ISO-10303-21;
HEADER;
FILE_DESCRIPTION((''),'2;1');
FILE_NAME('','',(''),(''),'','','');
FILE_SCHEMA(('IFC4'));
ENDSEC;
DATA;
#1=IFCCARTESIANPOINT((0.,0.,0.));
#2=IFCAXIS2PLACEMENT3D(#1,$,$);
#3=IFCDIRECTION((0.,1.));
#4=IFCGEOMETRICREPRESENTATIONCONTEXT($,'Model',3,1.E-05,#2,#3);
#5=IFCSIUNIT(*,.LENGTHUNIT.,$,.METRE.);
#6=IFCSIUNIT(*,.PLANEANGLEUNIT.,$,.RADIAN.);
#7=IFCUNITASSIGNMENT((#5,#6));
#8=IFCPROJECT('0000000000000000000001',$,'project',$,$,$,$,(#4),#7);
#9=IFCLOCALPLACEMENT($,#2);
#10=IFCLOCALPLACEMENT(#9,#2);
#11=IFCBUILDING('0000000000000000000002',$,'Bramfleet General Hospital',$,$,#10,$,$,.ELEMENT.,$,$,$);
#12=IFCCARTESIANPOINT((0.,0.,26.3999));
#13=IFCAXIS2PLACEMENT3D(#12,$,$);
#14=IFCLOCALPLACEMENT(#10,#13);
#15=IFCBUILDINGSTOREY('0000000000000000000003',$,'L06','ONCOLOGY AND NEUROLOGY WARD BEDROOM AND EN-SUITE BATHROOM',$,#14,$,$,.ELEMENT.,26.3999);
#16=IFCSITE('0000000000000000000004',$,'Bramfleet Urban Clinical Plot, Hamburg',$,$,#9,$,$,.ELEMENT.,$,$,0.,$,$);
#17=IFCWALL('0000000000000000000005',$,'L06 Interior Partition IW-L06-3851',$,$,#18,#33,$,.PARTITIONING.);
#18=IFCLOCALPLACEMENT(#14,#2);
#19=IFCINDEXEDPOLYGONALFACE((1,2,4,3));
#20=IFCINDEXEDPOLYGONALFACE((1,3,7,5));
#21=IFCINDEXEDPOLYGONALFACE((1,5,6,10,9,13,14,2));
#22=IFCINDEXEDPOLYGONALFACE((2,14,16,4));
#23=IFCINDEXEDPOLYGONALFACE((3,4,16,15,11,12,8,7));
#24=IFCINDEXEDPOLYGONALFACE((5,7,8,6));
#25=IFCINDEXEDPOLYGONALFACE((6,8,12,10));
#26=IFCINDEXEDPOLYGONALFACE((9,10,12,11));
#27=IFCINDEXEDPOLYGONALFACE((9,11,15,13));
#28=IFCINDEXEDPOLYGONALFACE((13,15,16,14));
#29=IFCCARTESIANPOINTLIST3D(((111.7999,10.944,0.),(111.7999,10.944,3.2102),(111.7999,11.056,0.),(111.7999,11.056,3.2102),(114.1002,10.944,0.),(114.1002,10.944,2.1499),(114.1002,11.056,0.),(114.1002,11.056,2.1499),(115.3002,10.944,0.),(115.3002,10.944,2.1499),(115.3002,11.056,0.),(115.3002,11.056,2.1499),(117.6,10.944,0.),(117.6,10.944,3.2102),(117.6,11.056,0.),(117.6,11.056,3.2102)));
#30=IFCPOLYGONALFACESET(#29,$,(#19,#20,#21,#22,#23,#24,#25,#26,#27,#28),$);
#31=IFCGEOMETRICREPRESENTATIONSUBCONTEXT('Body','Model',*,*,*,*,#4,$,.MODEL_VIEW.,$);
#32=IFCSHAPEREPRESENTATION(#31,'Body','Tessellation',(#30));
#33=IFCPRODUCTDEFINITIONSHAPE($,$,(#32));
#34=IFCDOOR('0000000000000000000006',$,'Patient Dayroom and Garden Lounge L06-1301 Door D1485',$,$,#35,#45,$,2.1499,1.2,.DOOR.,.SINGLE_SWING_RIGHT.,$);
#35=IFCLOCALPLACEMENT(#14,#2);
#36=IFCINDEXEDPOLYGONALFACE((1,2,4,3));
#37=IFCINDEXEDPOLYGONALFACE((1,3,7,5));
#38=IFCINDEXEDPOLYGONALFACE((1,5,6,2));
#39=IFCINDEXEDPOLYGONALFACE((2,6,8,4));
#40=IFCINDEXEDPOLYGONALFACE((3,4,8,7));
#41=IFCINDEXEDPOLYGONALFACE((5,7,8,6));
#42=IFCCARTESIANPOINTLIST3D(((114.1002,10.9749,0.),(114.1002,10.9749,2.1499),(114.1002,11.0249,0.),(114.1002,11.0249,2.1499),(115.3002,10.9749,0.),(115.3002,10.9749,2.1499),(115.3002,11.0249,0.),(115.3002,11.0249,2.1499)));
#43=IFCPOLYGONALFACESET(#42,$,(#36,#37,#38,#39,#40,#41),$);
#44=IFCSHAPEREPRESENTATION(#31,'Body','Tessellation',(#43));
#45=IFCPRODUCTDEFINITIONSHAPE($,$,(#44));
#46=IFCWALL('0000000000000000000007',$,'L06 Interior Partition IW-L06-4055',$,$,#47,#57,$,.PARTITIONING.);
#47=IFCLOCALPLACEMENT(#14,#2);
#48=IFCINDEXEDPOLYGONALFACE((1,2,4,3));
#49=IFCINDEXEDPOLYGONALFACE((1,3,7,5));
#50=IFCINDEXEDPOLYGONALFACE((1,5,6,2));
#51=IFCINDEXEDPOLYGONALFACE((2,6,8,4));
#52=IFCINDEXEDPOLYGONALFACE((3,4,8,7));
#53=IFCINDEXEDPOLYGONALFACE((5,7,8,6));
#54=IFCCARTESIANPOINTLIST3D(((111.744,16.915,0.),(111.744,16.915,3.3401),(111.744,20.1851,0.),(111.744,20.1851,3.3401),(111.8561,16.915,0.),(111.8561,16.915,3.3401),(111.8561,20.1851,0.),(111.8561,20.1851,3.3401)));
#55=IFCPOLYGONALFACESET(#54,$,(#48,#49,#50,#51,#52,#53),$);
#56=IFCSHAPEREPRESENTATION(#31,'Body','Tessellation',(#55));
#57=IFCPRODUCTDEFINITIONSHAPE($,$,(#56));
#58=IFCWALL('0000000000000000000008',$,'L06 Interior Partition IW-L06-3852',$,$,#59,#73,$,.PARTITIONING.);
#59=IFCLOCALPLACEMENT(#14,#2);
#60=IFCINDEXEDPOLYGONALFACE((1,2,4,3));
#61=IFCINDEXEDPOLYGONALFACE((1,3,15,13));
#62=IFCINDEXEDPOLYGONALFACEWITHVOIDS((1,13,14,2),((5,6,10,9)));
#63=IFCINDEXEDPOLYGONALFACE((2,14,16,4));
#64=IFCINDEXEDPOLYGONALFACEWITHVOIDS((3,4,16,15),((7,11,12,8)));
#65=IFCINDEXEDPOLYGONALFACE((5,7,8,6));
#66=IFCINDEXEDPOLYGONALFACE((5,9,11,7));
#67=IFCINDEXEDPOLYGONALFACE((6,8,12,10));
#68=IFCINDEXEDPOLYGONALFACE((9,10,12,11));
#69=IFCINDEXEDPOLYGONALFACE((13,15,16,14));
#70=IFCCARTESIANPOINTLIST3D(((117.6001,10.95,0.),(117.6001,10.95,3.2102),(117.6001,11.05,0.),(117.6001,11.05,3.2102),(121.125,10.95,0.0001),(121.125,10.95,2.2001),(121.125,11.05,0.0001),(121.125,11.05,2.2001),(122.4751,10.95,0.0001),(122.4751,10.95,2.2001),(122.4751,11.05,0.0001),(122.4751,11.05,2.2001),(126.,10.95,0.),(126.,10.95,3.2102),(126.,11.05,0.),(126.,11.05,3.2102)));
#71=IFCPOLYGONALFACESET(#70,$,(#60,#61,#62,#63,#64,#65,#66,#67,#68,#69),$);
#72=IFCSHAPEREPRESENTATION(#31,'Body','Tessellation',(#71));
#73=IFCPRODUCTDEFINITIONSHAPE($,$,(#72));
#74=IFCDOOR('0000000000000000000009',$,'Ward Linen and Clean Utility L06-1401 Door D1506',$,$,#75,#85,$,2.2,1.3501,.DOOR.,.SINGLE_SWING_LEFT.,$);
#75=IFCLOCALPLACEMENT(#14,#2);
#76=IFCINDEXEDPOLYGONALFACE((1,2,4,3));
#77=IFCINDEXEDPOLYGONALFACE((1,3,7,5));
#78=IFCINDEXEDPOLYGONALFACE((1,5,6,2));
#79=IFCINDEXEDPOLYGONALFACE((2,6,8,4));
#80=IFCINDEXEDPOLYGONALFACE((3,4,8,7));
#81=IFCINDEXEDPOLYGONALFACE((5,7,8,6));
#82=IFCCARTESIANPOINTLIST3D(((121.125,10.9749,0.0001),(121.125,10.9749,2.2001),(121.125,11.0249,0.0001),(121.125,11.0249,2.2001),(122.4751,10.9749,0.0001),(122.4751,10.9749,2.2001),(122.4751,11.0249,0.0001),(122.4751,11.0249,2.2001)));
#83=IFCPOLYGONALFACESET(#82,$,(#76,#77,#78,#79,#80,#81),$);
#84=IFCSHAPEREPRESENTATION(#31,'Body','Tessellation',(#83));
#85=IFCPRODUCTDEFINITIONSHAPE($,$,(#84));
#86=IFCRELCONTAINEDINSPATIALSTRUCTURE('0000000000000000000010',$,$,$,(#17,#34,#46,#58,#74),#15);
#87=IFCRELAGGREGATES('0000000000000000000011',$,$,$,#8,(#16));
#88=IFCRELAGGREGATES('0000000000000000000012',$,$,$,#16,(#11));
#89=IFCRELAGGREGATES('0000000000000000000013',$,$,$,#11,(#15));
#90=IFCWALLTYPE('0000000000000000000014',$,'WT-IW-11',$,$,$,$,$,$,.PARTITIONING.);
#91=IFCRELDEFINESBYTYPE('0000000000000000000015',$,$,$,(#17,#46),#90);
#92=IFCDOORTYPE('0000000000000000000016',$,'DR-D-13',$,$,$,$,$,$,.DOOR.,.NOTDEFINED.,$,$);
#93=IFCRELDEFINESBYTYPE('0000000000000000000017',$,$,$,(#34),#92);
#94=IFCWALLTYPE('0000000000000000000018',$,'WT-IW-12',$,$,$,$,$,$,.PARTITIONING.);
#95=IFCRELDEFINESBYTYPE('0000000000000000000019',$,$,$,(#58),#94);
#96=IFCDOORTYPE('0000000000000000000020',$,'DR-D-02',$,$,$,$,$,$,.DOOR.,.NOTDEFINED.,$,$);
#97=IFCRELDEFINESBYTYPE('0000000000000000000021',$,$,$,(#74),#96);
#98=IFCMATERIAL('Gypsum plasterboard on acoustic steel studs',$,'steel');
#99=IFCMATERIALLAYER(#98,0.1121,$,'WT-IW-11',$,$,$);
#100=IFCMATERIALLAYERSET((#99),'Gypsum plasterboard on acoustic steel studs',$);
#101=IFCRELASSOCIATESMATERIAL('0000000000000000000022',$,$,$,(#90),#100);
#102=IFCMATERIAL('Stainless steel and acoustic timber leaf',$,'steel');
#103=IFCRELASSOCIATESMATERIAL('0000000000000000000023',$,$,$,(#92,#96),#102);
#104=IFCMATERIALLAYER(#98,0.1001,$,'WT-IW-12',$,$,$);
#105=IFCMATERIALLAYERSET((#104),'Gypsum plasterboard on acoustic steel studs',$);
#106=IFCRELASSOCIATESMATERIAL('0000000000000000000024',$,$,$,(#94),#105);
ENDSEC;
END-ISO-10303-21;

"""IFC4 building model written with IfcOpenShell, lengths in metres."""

from ifc_helpers import new_model, si_unit, direction, frame, frame_2d, origin, place, context, subcontext, project, spatial, rectangle, extrude, material, layer, layer_set, type_object, element, fill, save


model = new_model("IFC4")

# Units and contexts
model_context = context("Model", 3, precision=1e-05, world=origin(), true_north=direction((0.0, 1.0)))
body_context = subcontext(model_context, "Body", "Model", "MODEL_VIEW")
ifc_project = project(units=[si_unit("LENGTHUNIT", "METRE"), si_unit("PLANEANGLEUNIT", "RADIAN")], contexts=[model_context])

# Site, building, storey
site_placement = place(None, origin())
site = spatial("IfcSite", under=ifc_project, at=site_placement, Name="Bramfleet Urban Clinical Plot, Hamburg", CompositionType="ELEMENT", RefElevation=0.0)
building_placement = place(site_placement, origin())
building = spatial("IfcBuilding", under=site, at=building_placement, Name="Bramfleet General Hospital", CompositionType="ELEMENT")
storey_placement = place(building_placement, frame((0.0, 0.0, 26.3999)))
storey = spatial("IfcBuildingStorey", under=building, at=storey_placement, Name="L06", Description="ONCOLOGY AND NEUROLOGY WARD BEDROOM AND EN-SUITE BATHROOM", CompositionType="ELEMENT", Elevation=26.3999)

# Shared definitions
ifc_material_1 = material(Name="Stainless steel and acoustic timber leaf", Category="steel")

# Shared definitions
ifc_material_2 = material(Name="Gypsum plasterboard on acoustic steel studs", Category="steel")

# Wall, opening, door
ifc_layer_1 = layer(ifc_material_2, 0.1121, Name="WT-IW-11")
ifc_layer_set_1 = layer_set([ifc_layer_1], Name="Gypsum plasterboard on acoustic steel studs")
wall_type_1 = type_object("IfcWallType", Name="WT-IW-11", PredefinedType="PARTITIONING", material=ifc_layer_set_1)
wall_1_placement = place(storey_placement, frame((111.8, 11.0, 0.0), z_axis=(0.0, 0.0, 1.0), x_axis=(1.0, 0.0, 0.0)))
wall_1 = element("IfcWall", 1, at=wall_1_placement, inside=storey, type_object=wall_type_1, Name="L06 Interior Partition IW-L06-3851", PredefinedType="PARTITIONING", context=body_context, shape_type="SweptSolid", body=[
    extrude(rectangle(XDim=5.8, YDim=0.1121, at=frame_2d((2.8999, 0.0))), origin(), (0.0, 0.0, 1.0), 3.2102),
])
opening_1_placement = place(wall_1_placement, frame((2.3, 0.0, 0.0)))
opening_1 = element("IfcOpeningElement", 2, at=opening_1_placement, cuts=wall_1, PredefinedType="OPENING", context=body_context, shape_type="SweptSolid", body=[
    extrude(rectangle(XDim=1.2, YDim=2.1499, at=frame_2d((0.6001, 1.075))), frame((0.0, 0.0659, 0.0), z_axis=(0.0, -1.0, 0.0), x_axis=(1.0, 0.0, 0.0)), (0.0, 0.0, 1.0), 0.1321),
])
door_type_1 = type_object("IfcDoorType", Name="DR-D-13", OperationType="NOTDEFINED", PredefinedType="DOOR", material=ifc_material_1)
door_1_placement = place(opening_1_placement, origin())
door_1 = element("IfcDoor", 3, at=door_1_placement, inside=storey, type_object=door_type_1, Name="Patient Dayroom and Garden Lounge L06-1301 Door D1485", OperationType="SINGLE_SWING_RIGHT", OverallHeight=2.1499, OverallWidth=1.2, PredefinedType="DOOR", context=body_context, shape_type="SweptSolid", body=[
    extrude(rectangle(XDim=1.2, YDim=2.1499, at=frame_2d((0.6001, 1.075))), frame((0.0, 0.0249, 0.0), z_axis=(0.0, -1.0, 0.0), x_axis=(1.0, 0.0, 0.0)), (0.0, 0.0, 1.0), 0.05),
])
fill(opening_1, door_1)

# Wall
wall_2_placement = place(storey_placement, frame((111.8, 16.915, 0.0), z_axis=(0.0, 0.0, 1.0), x_axis=(0.0, 1.0, 0.0)))
element("IfcWall", 4, at=wall_2_placement, inside=storey, type_object=wall_type_1, Name="L06 Interior Partition IW-L06-4055", PredefinedType="PARTITIONING", context=body_context, shape_type="SweptSolid", body=[
    extrude(rectangle(XDim=3.27, YDim=0.1121, at=frame_2d((1.635, 0.0))), origin(), (0.0, 0.0, 1.0), 3.3401),
])

# Wall, opening, door
ifc_layer_2 = layer(ifc_material_2, 0.1001, Name="WT-IW-12")
ifc_layer_set_2 = layer_set([ifc_layer_2], Name="Gypsum plasterboard on acoustic steel studs")
wall_type_2 = type_object("IfcWallType", Name="WT-IW-12", PredefinedType="PARTITIONING", material=ifc_layer_set_2)
wall_3_placement = place(storey_placement, frame((117.6001, 11.0, 0.0), z_axis=(0.0, 0.0, 1.0), x_axis=(1.0, 0.0, 0.0)))
wall_3 = element("IfcWall", 5, at=wall_3_placement, inside=storey, type_object=wall_type_2, Name="L06 Interior Partition IW-L06-3852", PredefinedType="PARTITIONING", context=body_context, shape_type="SweptSolid", body=[
    extrude(rectangle(XDim=8.3999, YDim=0.1001, at=frame_2d((4.2, 0.0))), origin(), (0.0, 0.0, 1.0), 3.2102),
])
opening_2_placement = place(wall_3_placement, frame((3.5249, 0.0, 0.0)))
opening_2 = element("IfcOpeningElement", 6, at=opening_2_placement, cuts=wall_3, PredefinedType="OPENING", context=body_context, shape_type="SweptSolid", body=[
    extrude(rectangle(XDim=1.3501, YDim=2.2, at=frame_2d((0.675, 1.1001))), frame((0.0, 0.0601, 0.0), z_axis=(0.0, -1.0, 0.0), x_axis=(1.0, 0.0, 0.0)), (0.0, 0.0, 1.0), 0.1201),
])
door_type_2 = type_object("IfcDoorType", Name="DR-D-02", OperationType="NOTDEFINED", PredefinedType="DOOR", material=ifc_material_1)
door_2_placement = place(opening_2_placement, origin())
door_2 = element("IfcDoor", 7, at=door_2_placement, inside=storey, type_object=door_type_2, Name="Ward Linen and Clean Utility L06-1401 Door D1506", OperationType="SINGLE_SWING_LEFT", OverallHeight=2.2, OverallWidth=1.3501, PredefinedType="DOOR", context=body_context, shape_type="SweptSolid", body=[
    extrude(rectangle(XDim=1.3501, YDim=2.2, at=frame_2d((0.675, 1.1001))), frame((0.0, 0.0249, 0.0), z_axis=(0.0, -1.0, 0.0), x_axis=(1.0, 0.0, 0.0)), (0.0, 0.0, 1.0), 0.05),
])
fill(opening_2, door_2)

save(model, "model.ifc")
